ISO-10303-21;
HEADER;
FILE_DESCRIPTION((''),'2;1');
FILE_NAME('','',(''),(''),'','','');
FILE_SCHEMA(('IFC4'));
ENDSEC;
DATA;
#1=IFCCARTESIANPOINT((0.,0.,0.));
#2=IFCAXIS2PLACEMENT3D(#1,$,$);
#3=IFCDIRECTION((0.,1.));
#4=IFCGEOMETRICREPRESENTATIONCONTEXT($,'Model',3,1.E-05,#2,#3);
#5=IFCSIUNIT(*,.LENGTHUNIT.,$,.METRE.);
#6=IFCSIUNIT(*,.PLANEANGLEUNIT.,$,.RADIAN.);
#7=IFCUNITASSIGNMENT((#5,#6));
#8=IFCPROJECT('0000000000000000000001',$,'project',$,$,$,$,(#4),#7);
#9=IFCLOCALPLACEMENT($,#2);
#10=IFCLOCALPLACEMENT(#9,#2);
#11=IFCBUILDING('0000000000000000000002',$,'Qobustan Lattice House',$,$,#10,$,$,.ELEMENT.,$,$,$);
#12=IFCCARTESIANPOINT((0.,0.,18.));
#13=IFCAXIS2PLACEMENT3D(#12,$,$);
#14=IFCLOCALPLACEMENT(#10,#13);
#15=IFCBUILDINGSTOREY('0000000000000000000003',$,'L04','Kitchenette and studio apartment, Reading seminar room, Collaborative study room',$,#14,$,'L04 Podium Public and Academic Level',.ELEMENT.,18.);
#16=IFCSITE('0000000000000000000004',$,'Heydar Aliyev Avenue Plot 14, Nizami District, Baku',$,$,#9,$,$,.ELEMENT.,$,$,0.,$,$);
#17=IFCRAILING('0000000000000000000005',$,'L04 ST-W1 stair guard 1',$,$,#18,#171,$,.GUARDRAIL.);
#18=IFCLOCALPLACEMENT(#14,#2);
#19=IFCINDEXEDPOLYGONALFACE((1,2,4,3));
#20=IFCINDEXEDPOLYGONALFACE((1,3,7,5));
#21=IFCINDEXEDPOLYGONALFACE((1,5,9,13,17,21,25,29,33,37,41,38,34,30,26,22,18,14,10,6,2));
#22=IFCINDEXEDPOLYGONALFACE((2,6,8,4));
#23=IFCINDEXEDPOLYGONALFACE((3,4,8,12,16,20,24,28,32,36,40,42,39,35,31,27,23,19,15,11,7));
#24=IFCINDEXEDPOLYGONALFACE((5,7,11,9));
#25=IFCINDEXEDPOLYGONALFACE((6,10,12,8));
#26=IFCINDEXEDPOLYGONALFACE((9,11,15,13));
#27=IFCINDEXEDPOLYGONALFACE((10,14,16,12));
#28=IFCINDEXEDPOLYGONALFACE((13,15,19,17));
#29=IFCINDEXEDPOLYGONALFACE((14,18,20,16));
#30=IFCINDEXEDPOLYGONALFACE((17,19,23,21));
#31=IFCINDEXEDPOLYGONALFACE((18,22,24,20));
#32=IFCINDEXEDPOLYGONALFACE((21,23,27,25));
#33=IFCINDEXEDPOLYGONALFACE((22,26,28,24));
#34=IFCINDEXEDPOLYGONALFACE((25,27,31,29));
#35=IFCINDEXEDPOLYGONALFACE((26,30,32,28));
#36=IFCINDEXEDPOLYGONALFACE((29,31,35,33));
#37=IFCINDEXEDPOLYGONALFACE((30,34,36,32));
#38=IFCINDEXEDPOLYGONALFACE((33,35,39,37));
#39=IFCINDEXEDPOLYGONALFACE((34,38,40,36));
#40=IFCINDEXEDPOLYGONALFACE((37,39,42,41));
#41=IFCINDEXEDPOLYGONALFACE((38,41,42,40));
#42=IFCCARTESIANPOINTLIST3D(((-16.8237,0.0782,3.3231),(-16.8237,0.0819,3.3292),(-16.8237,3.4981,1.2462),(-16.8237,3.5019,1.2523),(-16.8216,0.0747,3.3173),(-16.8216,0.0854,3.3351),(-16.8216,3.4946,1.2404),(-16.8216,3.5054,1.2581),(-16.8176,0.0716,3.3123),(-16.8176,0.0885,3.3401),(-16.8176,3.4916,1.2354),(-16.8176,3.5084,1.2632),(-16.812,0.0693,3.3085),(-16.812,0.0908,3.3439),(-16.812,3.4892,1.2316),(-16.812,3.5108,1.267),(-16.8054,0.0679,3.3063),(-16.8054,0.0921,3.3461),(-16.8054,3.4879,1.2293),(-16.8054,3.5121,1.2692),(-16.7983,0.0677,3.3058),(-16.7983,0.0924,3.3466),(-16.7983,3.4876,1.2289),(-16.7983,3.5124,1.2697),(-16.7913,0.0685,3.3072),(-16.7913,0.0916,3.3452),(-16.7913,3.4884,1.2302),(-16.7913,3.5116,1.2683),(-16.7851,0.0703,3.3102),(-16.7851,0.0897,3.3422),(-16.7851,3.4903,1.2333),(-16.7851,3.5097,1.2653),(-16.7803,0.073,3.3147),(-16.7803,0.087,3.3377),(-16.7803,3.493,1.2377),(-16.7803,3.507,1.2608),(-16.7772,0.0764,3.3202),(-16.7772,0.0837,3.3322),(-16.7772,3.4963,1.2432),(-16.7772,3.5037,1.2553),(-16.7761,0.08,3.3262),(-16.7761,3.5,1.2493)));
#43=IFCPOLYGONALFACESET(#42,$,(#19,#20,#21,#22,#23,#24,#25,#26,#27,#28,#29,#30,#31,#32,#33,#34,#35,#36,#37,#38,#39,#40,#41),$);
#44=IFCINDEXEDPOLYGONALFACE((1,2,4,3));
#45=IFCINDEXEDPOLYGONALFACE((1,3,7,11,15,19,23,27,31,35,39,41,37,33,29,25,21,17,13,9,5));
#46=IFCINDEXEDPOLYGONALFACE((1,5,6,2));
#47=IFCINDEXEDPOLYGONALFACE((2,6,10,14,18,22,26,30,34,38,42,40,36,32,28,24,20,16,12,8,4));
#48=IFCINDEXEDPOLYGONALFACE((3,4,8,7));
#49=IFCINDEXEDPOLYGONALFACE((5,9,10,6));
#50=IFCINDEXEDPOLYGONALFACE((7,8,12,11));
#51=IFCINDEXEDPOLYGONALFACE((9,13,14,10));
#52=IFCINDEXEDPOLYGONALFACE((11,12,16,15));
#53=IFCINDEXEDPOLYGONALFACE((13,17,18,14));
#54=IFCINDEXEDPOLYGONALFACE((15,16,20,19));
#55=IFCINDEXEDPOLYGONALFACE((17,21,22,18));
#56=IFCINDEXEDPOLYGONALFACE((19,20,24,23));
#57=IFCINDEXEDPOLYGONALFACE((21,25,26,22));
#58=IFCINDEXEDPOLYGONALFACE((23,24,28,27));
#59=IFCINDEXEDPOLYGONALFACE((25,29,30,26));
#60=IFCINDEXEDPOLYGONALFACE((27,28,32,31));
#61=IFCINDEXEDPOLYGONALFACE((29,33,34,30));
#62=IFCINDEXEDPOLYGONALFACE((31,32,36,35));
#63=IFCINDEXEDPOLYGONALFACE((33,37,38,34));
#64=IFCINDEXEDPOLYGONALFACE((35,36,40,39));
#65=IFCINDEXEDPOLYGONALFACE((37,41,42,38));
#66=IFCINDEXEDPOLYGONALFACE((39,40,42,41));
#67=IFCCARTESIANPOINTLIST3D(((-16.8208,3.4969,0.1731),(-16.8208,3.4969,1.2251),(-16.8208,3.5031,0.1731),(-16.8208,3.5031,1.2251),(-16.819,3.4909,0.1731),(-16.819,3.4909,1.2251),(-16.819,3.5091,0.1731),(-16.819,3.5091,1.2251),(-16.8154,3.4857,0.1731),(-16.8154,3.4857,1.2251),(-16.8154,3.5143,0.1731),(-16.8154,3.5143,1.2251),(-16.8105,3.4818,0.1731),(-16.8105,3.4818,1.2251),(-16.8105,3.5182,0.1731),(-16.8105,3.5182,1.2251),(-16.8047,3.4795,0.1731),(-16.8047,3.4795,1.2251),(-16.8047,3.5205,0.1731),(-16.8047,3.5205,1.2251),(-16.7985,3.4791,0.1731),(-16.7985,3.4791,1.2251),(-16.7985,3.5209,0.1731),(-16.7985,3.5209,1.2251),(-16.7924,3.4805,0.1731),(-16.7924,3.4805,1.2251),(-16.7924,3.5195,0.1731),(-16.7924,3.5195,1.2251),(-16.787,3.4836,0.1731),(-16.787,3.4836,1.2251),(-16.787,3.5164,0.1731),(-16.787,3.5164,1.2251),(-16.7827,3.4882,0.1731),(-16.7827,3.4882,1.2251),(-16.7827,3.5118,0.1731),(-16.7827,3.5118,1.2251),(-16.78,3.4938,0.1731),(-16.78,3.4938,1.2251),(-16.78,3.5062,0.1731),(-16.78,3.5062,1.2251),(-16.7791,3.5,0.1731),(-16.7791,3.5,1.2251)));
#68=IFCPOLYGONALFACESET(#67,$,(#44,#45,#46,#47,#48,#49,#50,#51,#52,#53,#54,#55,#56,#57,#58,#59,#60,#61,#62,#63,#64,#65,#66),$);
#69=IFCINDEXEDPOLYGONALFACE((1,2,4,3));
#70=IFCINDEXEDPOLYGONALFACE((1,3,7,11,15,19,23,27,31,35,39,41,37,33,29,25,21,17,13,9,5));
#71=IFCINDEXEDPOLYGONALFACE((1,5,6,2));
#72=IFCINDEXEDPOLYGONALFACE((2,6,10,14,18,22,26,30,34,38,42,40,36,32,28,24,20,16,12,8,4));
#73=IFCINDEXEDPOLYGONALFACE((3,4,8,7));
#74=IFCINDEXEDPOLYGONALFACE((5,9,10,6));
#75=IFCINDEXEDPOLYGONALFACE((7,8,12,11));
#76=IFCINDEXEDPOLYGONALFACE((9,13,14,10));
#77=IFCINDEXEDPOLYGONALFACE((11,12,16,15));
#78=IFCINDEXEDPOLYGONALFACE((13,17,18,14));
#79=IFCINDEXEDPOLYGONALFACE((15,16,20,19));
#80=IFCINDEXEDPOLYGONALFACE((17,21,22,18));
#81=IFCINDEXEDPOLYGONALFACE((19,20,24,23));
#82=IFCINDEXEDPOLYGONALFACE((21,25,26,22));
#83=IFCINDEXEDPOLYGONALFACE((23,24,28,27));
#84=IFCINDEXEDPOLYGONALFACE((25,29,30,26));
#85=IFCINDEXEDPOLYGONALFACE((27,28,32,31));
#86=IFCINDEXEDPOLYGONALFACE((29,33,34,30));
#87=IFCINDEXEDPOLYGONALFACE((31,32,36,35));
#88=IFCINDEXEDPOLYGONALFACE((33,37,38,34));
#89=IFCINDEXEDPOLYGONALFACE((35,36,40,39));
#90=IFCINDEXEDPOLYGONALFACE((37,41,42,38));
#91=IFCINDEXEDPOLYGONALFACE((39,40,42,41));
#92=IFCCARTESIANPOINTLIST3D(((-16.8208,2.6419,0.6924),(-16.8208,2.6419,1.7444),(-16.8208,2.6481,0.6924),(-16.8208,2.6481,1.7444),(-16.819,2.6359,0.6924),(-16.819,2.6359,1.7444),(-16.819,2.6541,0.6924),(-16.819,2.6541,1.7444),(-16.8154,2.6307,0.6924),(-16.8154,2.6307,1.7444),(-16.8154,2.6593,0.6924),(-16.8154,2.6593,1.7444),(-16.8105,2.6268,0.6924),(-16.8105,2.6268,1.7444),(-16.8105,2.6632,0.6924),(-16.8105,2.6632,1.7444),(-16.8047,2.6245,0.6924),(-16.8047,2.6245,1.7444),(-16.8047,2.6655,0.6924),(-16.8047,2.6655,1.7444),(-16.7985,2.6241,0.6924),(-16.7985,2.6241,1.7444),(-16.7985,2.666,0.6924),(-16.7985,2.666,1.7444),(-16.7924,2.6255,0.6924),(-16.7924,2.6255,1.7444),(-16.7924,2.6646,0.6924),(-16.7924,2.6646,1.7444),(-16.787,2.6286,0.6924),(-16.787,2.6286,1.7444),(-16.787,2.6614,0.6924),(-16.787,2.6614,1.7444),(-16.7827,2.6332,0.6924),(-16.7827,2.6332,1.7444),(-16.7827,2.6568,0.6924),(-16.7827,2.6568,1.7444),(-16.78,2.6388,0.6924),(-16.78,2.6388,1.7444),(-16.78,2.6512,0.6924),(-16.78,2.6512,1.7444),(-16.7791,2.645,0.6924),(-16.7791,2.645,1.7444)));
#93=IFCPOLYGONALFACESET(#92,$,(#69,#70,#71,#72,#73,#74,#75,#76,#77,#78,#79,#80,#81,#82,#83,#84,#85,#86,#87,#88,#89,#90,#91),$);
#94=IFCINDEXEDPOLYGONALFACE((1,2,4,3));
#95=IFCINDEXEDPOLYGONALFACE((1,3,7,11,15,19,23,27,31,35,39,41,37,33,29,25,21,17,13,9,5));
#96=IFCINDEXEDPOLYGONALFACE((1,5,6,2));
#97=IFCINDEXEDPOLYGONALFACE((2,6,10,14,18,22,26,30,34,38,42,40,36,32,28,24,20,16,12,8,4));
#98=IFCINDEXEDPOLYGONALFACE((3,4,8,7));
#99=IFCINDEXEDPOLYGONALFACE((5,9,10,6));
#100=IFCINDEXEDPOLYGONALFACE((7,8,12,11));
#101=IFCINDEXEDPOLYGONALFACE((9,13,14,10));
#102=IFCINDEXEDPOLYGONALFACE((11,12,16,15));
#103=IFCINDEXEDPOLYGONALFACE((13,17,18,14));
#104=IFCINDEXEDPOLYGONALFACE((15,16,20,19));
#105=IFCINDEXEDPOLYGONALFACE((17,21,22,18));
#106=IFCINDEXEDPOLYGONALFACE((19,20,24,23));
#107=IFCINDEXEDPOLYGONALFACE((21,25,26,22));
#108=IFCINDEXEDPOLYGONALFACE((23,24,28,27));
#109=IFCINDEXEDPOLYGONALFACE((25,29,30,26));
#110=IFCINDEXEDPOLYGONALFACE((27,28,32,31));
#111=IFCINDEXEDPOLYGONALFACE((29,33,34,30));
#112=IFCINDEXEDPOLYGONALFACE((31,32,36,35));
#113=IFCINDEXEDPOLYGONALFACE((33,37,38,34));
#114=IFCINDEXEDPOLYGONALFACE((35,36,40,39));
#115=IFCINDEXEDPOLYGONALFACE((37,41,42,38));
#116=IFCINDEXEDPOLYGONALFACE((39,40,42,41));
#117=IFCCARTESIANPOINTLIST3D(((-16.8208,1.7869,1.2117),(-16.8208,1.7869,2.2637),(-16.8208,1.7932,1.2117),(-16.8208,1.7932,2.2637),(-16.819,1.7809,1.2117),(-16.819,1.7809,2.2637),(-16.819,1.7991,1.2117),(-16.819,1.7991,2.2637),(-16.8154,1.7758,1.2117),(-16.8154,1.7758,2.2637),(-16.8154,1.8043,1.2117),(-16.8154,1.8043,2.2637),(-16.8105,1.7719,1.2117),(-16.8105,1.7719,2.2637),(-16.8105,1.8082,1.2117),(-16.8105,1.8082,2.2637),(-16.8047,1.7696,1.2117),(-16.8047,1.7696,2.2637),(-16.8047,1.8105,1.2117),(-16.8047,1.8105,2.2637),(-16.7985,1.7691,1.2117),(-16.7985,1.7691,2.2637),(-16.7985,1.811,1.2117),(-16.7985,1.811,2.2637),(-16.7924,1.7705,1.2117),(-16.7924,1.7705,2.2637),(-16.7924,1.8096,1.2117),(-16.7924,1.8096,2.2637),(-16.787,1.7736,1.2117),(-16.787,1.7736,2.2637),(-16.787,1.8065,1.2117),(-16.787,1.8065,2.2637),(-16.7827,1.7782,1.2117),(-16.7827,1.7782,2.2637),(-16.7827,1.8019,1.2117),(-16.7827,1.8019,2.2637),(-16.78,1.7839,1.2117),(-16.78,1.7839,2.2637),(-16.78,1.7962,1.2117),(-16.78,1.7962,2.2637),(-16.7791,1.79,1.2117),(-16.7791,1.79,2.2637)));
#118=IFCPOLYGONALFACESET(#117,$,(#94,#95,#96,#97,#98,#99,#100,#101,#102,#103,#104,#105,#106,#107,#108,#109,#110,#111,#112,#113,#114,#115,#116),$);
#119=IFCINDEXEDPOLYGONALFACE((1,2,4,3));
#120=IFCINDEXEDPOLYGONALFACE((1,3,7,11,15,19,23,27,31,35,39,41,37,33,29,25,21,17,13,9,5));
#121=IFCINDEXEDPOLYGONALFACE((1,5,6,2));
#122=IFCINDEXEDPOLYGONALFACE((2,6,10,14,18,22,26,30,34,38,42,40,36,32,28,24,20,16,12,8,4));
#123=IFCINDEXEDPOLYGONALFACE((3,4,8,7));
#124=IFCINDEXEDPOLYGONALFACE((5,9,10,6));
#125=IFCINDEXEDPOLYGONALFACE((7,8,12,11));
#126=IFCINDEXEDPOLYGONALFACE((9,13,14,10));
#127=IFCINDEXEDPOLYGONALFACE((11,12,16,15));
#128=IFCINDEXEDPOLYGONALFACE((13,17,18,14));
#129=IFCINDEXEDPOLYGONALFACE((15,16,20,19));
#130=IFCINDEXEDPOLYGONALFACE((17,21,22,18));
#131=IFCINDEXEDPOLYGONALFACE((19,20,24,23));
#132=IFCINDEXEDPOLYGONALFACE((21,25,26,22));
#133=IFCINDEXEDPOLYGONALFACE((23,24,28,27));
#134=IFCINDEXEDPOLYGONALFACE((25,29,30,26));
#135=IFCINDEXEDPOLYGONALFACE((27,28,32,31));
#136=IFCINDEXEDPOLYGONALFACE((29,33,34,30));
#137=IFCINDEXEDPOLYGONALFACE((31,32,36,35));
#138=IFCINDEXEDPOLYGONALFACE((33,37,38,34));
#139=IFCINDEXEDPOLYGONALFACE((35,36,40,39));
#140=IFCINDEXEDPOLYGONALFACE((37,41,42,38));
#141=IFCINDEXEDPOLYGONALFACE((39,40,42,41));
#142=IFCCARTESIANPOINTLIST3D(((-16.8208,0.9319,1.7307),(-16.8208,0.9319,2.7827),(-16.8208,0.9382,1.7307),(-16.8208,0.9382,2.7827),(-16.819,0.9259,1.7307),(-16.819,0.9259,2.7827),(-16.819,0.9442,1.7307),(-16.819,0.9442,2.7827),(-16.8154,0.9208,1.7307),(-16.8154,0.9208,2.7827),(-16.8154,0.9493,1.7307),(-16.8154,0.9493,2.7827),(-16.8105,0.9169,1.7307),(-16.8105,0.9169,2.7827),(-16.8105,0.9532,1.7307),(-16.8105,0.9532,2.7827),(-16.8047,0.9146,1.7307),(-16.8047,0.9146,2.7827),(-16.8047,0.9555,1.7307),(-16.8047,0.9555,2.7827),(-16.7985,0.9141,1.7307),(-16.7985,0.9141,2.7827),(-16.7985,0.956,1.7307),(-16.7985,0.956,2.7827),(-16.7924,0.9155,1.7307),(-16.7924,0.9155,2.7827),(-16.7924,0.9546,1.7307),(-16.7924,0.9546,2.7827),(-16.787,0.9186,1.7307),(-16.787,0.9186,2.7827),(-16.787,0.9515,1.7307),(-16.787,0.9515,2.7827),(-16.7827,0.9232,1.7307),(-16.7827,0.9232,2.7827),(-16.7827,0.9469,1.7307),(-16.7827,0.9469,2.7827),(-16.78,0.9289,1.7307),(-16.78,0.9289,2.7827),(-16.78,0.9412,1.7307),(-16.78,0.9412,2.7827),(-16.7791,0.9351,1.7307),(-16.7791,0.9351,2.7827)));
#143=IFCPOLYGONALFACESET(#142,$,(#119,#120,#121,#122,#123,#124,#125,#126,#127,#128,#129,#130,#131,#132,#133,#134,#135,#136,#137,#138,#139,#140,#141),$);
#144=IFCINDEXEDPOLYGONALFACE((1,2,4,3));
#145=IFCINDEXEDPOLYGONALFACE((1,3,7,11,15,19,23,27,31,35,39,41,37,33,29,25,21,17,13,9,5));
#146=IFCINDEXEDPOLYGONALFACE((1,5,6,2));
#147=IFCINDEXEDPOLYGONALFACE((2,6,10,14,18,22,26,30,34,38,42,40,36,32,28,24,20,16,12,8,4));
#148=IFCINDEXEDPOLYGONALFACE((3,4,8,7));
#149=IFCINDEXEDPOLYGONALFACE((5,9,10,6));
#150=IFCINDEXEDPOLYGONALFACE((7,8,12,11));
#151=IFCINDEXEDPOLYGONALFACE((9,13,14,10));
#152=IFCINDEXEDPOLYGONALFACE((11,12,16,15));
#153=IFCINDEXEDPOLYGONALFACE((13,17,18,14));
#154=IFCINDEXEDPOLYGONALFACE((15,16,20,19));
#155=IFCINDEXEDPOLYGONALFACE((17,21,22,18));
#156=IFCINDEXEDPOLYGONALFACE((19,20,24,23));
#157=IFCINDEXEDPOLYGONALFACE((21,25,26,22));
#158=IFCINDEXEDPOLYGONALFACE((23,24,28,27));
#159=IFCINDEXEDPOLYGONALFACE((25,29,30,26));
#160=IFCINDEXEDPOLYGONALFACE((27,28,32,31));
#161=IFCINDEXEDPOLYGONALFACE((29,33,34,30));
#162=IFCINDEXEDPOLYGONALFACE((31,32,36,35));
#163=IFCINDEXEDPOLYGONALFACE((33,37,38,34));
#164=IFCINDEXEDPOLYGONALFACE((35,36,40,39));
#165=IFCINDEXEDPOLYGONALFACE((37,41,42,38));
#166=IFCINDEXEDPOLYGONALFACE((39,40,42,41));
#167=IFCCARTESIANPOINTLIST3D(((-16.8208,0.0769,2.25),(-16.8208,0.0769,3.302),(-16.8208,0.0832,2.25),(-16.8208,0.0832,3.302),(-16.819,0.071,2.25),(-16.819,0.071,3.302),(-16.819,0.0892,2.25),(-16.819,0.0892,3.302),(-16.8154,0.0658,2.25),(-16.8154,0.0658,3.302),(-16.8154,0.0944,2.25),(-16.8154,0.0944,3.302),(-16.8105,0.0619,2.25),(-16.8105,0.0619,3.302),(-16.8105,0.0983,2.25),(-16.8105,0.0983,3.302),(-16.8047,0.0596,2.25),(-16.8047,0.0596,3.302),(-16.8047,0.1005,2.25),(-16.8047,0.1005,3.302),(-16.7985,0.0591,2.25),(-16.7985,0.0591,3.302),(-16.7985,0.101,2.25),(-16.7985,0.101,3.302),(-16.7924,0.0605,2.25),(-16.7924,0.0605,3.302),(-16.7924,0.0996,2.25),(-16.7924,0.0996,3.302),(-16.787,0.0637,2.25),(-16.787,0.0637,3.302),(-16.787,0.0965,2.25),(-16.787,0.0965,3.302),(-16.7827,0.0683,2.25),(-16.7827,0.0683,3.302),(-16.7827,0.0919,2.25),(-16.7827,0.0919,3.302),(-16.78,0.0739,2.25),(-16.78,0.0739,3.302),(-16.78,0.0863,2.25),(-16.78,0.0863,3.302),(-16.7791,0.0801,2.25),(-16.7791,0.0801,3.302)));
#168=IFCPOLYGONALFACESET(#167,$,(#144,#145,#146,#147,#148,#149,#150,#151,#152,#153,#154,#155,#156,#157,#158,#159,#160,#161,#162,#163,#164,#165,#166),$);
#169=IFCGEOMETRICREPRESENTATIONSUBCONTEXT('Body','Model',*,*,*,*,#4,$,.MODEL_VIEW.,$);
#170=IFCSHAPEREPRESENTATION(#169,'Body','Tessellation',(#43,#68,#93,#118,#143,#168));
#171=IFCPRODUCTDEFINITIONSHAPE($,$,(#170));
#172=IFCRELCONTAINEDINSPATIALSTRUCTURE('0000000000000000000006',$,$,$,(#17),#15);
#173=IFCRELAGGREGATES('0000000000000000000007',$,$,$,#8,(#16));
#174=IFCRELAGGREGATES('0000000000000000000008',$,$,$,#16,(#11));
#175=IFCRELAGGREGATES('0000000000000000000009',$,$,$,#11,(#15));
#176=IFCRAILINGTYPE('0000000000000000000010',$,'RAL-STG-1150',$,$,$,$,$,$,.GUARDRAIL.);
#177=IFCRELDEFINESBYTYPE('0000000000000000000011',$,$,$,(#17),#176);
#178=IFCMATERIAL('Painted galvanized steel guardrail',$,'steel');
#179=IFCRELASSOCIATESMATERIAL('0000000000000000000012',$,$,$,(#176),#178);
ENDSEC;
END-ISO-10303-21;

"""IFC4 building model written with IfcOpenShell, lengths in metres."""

from ifc_helpers import new_model, si_unit, direction, frame, origin, origin_2d, place, context, subcontext, project, spatial, circle, extrude, material, type_object, element, save


model = new_model("IFC4")

# Units and contexts
model_context = context("Model", 3, precision=1e-05, world=origin(), true_north=direction((0.0, 1.0)))
body_context = subcontext(model_context, "Body", "Model", "MODEL_VIEW")
ifc_project = project(units=[si_unit("LENGTHUNIT", "METRE"), si_unit("PLANEANGLEUNIT", "RADIAN")], contexts=[model_context])

# Site, building, storey
site_placement = place(None, origin())
site = spatial("IfcSite", under=ifc_project, at=site_placement, Name="Heydar Aliyev Avenue Plot 14, Nizami District, Baku", CompositionType="ELEMENT", RefElevation=0.0)
building_placement = place(site_placement, origin())
building = spatial("IfcBuilding", under=site, at=building_placement, Name="Qobustan Lattice House", CompositionType="ELEMENT")
storey_placement = place(building_placement, frame((0.0, 0.0, 18.0)))
storey = spatial("IfcBuildingStorey", under=building, at=storey_placement, Name="L04", Description="Kitchenette and studio apartment, Reading seminar room, Collaborative study room", LongName="L04 Podium Public and Academic Level", CompositionType="ELEMENT", Elevation=18.0)

# Railing
ifc_material_1 = material(Name="Painted galvanized steel guardrail", Category="steel")
railing_type_1 = type_object("IfcRailingType", Name="RAL-STG-1150", PredefinedType="GUARDRAIL", material=ifc_material_1)
railing_1_placement = place(storey_placement, frame((-16.8, 3.5, 0.1731)))
element("IfcRailing", 1, at=railing_1_placement, inside=storey, type_object=railing_type_1, Name="L04 ST-W1 stair guard 1", PredefinedType="GUARDRAIL", context=body_context, shape_type="SweptSolid", body=[
    extrude(circle(Radius=0.0239, at=origin_2d()), frame((0.0, 0.0, 1.0762), z_axis=(0.0, -0.85473, 0.519074), x_axis=(1.0, 0.0, 0.0)), (0.0, 0.0, 1.0), 4.0012),
    extrude(circle(Radius=0.021, at=origin_2d()), origin(), (0.0, 0.0, 1.0), 1.052),
    extrude(circle(Radius=0.021, at=origin_2d()), frame((0.0, -0.855, 0.5193)), (0.0, 0.0, 1.0), 1.052),
    extrude(circle(Radius=0.021, at=origin_2d()), frame((0.0, -1.71, 1.0386)), (0.0, 0.0, 1.0), 1.052),
    extrude(circle(Radius=0.021, at=origin_2d()), frame((0.0, -2.5649, 1.5576)), (0.0, 0.0, 1.0), 1.052),
    extrude(circle(Radius=0.021, at=origin_2d()), frame((0.0, -3.4199, 2.0769)), (0.0, 0.0, 1.0), 1.052),
])

save(model, "model.ifc")
